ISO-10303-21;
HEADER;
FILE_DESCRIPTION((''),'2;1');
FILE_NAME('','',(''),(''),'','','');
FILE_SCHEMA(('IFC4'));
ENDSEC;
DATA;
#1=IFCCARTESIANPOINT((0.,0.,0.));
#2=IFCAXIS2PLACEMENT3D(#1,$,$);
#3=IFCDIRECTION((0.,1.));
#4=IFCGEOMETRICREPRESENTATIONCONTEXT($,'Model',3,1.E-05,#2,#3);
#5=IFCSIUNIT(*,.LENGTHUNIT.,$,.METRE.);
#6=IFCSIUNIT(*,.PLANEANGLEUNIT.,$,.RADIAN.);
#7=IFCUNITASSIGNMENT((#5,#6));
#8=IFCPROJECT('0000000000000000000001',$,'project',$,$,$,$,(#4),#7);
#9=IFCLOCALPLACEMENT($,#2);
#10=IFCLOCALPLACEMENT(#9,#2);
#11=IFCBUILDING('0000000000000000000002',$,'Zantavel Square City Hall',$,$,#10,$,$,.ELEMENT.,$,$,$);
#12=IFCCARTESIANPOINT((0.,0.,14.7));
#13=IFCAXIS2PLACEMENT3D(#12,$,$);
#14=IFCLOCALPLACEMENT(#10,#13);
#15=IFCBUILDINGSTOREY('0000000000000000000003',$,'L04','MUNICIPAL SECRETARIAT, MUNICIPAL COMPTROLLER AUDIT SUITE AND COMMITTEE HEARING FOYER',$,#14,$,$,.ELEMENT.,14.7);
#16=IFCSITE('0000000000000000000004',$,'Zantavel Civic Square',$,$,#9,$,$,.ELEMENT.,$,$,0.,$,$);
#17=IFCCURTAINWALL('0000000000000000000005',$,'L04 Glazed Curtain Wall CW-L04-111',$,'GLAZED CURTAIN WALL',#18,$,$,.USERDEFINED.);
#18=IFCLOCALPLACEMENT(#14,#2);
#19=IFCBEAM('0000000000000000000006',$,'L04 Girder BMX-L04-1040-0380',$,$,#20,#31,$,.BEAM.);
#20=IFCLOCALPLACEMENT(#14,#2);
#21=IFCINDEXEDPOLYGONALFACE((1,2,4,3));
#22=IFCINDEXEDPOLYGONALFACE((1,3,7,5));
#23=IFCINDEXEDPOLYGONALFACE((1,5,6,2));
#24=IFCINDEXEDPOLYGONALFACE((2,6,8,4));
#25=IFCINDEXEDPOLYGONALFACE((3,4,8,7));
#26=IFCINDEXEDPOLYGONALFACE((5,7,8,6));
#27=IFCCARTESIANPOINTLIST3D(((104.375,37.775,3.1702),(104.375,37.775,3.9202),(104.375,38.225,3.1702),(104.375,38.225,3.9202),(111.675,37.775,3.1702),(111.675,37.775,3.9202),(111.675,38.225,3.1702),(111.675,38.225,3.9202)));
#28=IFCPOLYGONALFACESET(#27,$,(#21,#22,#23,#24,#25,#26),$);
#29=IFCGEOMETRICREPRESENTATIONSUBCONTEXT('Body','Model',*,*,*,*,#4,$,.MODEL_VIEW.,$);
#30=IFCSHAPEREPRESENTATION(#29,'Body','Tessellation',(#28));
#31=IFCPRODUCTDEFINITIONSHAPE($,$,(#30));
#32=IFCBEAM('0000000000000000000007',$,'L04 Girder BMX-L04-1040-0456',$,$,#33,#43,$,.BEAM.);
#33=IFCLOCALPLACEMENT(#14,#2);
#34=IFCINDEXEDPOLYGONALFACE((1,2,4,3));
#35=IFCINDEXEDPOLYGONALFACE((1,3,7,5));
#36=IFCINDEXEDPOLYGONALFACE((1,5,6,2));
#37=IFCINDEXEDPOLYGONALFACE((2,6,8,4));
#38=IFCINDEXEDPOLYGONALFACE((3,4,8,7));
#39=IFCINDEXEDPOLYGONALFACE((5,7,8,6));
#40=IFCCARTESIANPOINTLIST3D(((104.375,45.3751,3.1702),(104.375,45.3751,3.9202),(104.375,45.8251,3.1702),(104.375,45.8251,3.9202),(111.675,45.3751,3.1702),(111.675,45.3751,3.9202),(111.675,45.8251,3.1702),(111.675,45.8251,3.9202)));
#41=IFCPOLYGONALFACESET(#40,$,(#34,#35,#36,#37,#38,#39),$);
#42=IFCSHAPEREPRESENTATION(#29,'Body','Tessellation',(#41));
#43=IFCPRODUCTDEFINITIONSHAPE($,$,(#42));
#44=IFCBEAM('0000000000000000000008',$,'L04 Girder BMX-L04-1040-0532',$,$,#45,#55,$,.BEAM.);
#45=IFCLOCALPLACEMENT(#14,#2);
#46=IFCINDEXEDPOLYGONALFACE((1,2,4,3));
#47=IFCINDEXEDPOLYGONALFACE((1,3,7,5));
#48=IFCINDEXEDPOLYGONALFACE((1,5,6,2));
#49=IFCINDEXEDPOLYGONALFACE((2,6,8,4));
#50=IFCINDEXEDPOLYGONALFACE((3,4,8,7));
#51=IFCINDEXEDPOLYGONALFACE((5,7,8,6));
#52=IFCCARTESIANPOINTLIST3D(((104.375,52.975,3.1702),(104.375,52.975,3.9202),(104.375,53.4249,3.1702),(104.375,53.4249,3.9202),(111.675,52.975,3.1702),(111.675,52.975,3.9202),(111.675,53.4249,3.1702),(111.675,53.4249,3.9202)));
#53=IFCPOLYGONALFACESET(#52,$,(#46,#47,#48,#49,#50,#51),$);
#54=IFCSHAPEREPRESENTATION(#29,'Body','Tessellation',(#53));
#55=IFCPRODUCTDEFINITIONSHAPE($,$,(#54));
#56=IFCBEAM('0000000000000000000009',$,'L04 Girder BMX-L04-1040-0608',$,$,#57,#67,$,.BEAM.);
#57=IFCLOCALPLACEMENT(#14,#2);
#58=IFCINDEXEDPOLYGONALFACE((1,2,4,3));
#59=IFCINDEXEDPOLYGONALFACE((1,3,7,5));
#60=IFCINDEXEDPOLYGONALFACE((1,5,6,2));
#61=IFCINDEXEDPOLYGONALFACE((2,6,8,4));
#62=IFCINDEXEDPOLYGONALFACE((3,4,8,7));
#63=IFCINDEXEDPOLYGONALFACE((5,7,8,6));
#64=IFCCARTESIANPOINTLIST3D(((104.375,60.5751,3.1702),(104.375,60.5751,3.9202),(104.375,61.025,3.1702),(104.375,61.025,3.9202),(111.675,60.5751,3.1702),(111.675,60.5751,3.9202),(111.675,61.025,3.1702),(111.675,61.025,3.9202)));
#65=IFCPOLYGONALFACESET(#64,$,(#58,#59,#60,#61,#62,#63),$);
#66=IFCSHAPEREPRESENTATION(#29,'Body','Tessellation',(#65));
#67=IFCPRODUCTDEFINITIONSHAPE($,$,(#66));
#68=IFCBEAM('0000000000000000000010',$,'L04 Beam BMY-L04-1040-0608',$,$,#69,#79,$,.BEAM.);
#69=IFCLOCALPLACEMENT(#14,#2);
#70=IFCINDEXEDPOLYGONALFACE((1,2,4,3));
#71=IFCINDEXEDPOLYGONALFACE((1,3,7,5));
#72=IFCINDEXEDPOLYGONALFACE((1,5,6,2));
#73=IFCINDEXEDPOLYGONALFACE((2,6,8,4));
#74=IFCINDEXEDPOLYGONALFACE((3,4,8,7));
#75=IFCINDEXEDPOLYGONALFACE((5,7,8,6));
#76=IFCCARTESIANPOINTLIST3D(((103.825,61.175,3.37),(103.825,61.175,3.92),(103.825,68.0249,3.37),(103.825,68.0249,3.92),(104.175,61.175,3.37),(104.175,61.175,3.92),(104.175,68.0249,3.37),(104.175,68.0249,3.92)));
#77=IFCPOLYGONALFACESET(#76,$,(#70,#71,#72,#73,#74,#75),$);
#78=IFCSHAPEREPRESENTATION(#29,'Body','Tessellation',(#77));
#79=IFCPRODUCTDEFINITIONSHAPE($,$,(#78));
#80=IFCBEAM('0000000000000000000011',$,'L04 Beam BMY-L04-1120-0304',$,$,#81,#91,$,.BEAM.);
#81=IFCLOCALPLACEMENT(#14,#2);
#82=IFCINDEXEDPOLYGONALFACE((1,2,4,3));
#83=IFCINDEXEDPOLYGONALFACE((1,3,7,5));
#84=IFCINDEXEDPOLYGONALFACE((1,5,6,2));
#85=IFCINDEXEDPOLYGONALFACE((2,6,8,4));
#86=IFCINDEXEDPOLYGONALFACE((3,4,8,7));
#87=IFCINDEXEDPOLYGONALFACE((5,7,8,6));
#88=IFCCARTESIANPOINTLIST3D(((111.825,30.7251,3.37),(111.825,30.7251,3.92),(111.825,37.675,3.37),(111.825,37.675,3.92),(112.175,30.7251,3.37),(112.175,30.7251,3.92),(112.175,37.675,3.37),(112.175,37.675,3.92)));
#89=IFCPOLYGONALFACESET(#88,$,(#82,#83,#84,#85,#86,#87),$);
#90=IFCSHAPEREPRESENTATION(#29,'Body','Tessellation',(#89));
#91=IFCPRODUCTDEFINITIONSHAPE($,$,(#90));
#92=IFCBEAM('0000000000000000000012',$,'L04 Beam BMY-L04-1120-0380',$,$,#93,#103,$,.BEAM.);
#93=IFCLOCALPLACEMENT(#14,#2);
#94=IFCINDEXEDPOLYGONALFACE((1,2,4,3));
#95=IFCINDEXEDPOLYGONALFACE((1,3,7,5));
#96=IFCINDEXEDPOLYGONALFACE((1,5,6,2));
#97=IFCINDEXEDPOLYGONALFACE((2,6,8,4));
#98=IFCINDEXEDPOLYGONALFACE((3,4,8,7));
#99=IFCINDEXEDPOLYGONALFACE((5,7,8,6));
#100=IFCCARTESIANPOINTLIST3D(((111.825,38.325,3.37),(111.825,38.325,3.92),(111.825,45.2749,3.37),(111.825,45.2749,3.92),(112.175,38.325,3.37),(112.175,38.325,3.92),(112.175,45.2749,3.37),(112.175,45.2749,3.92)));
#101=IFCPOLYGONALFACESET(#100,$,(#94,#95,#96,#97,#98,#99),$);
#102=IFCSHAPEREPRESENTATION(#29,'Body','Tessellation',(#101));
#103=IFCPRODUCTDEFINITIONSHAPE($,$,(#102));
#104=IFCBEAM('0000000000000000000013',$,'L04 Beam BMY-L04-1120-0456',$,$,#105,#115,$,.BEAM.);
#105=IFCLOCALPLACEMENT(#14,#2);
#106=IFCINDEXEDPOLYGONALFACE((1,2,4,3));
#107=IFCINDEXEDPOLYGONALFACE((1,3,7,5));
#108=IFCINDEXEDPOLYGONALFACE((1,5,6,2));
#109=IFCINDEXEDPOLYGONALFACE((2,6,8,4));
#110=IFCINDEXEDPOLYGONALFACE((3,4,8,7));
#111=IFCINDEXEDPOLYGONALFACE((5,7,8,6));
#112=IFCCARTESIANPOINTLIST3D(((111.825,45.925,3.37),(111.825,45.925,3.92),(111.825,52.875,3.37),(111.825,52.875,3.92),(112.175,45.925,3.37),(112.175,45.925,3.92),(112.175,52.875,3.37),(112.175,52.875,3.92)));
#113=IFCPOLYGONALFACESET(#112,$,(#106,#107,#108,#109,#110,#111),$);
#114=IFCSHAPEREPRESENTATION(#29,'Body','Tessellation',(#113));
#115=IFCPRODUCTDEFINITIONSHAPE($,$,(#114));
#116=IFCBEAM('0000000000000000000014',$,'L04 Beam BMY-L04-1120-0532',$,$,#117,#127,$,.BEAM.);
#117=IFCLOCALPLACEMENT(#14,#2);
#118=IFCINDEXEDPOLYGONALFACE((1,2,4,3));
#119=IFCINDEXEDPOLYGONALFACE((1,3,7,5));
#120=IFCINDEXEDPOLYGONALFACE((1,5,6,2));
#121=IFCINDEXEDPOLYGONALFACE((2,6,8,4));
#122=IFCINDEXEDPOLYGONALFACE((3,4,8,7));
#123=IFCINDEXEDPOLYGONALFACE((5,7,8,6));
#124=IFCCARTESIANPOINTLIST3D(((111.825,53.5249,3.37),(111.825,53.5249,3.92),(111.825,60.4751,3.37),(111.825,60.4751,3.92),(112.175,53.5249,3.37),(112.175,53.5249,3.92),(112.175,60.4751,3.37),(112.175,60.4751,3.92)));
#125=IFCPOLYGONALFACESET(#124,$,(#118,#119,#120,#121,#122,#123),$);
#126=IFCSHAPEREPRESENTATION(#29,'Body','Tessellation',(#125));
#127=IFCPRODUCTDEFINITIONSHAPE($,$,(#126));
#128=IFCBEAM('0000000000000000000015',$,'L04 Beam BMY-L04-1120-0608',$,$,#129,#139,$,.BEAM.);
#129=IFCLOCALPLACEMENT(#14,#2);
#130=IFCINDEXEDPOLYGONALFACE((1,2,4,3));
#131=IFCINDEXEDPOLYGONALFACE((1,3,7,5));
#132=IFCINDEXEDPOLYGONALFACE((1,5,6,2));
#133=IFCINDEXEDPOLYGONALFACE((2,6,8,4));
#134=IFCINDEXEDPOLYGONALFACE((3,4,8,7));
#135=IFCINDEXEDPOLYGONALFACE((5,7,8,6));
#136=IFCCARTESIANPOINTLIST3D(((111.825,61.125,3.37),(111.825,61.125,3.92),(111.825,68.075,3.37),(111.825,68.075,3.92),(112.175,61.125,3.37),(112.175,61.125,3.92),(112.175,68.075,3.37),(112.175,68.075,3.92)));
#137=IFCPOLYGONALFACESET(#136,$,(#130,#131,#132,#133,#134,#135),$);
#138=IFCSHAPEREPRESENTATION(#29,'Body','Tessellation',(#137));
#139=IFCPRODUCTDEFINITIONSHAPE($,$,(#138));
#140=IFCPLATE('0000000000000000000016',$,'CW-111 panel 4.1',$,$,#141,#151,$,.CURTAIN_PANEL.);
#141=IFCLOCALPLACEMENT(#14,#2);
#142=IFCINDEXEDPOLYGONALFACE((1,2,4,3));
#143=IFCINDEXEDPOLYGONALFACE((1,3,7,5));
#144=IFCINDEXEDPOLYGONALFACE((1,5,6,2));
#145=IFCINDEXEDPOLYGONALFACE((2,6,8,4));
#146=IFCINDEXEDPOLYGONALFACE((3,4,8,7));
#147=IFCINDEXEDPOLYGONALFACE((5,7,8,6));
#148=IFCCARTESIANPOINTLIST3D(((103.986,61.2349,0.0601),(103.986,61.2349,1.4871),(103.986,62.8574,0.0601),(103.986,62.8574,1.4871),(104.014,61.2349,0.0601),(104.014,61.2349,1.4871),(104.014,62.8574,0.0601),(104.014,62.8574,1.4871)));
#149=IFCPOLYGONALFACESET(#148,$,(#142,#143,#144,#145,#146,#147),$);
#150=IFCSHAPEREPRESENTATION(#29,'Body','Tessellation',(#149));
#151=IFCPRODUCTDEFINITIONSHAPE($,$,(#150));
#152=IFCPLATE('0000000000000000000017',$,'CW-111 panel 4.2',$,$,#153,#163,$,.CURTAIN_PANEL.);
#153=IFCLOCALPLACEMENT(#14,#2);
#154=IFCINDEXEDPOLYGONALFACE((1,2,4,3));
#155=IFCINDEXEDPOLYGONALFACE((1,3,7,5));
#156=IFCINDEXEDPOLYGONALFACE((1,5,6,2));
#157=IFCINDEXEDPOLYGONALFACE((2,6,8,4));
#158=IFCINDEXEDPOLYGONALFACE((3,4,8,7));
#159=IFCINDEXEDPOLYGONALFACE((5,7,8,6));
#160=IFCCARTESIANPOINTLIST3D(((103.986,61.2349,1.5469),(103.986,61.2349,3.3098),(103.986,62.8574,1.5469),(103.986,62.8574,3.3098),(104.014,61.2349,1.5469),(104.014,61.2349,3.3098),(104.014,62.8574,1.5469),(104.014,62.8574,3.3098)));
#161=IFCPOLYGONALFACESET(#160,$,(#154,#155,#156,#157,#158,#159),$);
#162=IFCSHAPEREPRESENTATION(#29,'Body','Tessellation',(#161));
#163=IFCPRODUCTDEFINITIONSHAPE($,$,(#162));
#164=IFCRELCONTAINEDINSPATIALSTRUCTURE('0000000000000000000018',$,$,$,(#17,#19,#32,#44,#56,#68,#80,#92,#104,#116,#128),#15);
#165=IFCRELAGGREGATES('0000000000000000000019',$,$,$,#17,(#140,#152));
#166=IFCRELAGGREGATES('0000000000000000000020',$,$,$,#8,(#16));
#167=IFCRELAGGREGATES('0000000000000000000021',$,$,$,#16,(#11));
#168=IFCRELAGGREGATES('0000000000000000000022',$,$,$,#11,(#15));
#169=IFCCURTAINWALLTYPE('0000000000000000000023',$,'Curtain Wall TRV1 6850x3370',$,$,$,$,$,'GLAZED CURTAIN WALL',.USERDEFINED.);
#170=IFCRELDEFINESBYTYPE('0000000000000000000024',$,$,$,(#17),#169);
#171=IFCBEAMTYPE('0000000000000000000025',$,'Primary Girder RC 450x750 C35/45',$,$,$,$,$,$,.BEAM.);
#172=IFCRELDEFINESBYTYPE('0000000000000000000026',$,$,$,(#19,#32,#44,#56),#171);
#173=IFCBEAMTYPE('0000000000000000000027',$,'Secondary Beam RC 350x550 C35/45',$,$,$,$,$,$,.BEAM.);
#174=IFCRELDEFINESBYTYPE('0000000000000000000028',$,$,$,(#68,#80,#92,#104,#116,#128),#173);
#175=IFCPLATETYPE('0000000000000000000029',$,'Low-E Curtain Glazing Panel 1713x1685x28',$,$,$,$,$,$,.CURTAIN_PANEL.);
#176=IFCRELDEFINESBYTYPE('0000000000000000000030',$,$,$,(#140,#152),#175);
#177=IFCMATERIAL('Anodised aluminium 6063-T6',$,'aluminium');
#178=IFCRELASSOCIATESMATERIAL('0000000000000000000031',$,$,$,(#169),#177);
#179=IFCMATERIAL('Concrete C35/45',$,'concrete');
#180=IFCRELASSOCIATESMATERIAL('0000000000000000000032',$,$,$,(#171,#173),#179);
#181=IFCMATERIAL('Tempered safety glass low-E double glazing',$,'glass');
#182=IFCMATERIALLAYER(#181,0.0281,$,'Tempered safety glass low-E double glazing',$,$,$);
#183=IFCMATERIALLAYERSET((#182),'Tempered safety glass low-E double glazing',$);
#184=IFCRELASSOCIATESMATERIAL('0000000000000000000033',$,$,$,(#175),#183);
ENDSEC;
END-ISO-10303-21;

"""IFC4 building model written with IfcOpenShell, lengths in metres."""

from ifc_helpers import new_model, si_unit, direction, frame, origin, origin_2d, place, context, subcontext, project, spatial, rectangle, extrude, material, layer, layer_set, material_profile, profile_set, type_object, element, aggregate, save


model = new_model("IFC4")

# Units and contexts
model_context = context("Model", 3, precision=1e-05, world=origin(), true_north=direction((0.0, 1.0)))
body_context = subcontext(model_context, "Body", "Model", "MODEL_VIEW")
ifc_project = project(units=[si_unit("LENGTHUNIT", "METRE"), si_unit("PLANEANGLEUNIT", "RADIAN")], contexts=[model_context])

# Site, building, storey
site_placement = place(None, origin())
site = spatial("IfcSite", under=ifc_project, at=site_placement, Name="Zantavel Civic Square", CompositionType="ELEMENT", RefElevation=0.0)
building_placement = place(site_placement, origin())
building = spatial("IfcBuilding", under=site, at=building_placement, Name="Zantavel Square City Hall", CompositionType="ELEMENT")
storey_placement = place(building_placement, frame((0.0, 0.0, 14.7)))
storey = spatial("IfcBuildingStorey", under=building, at=storey_placement, Name="L04", Description="MUNICIPAL SECRETARIAT, MUNICIPAL COMPTROLLER AUDIT SUITE AND COMMITTEE HEARING FOYER", CompositionType="ELEMENT", Elevation=14.7)

# Curtain wall
ifc_material_1 = material(Name="Anodised aluminium 6063-T6", Category="aluminium")
curtain_wall_type = type_object("IfcCurtainWallType", Name="Curtain Wall TRV1 6850x3370", ElementType="GLAZED CURTAIN WALL", PredefinedType="USERDEFINED", material=ifc_material_1)
curtain_wall_placement = place(storey_placement, origin())
curtain_wall = element("IfcCurtainWall", 1, at=curtain_wall_placement, inside=storey, type_object=curtain_wall_type, Name="L04 Glazed Curtain Wall CW-L04-111", ObjectType="GLAZED CURTAIN WALL", PredefinedType="USERDEFINED")

# Beams
ifc_material_2 = material(Name="Concrete C35/45", Category="concrete")
ifc_material_profile_1 = material_profile(ifc_material_2, rectangle(XDim=0.45, YDim=0.75, at=origin_2d()), Name="RC 450x750")
ifc_profile_set_1 = profile_set([ifc_material_profile_1], Name="Concrete C35/45")
beam_type_1 = type_object("IfcBeamType", Name="Primary Girder RC 450x750 C35/45", PredefinedType="BEAM", material=ifc_profile_set_1)
for number, where, z_axis, x_axis, name in (
    (2, (104.375, 38.0, 3.5452), (1.0, 0.0, 0.0), (0.0, 1.0, 0.0), "L04 Girder BMX-L04-1040-0380"),
    (3, (104.375, 45.6001, 3.5452), (1.0, 0.0, 0.0), (0.0, 1.0, 0.0), "L04 Girder BMX-L04-1040-0456"),
    (4, (104.375, 53.2, 3.5452), (1.0, 0.0, 0.0), (0.0, 1.0, 0.0), "L04 Girder BMX-L04-1040-0532"),
    (5, (104.375, 60.8, 3.5452), (1.0, 0.0, 0.0), (0.0, 1.0, 0.0), "L04 Girder BMX-L04-1040-0608"),
):
    element("IfcBeam", number, at=place(storey_placement, frame(where, z_axis=z_axis, x_axis=x_axis)), inside=storey, type_object=beam_type_1, Name=name, PredefinedType="BEAM", context=body_context, shape_type="SweptSolid", body=[
        extrude(rectangle(XDim=0.45, YDim=0.75, at=origin_2d()), origin(), (0.0, 0.0, 1.0), 7.3),
    ])
ifc_material_profile_2 = material_profile(ifc_material_2, rectangle(XDim=0.3501, YDim=0.55, at=origin_2d()), Name="RC 350x550")
ifc_profile_set_2 = profile_set([ifc_material_profile_2], Name="Concrete C35/45")
beam_type_2 = type_object("IfcBeamType", Name="Secondary Beam RC 350x550 C35/45", PredefinedType="BEAM", material=ifc_profile_set_2)
beam_1_placement = place(storey_placement, frame((104.0, 61.175, 3.645), z_axis=(0.0, 1.0, 0.0), x_axis=(-1.0, 0.0, 0.0)))
element("IfcBeam", 6, at=beam_1_placement, inside=storey, type_object=beam_type_2, Name="L04 Beam BMY-L04-1040-0608", PredefinedType="BEAM", context=body_context, shape_type="SweptSolid", body=[
    extrude(rectangle(XDim=0.3501, YDim=0.55, at=origin_2d()), origin(), (0.0, 0.0, 1.0), 6.8499),
])
for number, where, z_axis, x_axis, name in (
    (7, (112.0, 30.7251, 3.645), (0.0, 1.0, 0.0), (-1.0, 0.0, 0.0), "L04 Beam BMY-L04-1120-0304"),
    (8, (112.0, 38.325, 3.645), (0.0, 1.0, 0.0), (-1.0, 0.0, 0.0), "L04 Beam BMY-L04-1120-0380"),
    (9, (112.0, 45.925, 3.645), (0.0, 1.0, 0.0), (-1.0, 0.0, 0.0), "L04 Beam BMY-L04-1120-0456"),
):
    element("IfcBeam", number, at=place(storey_placement, frame(where, z_axis=z_axis, x_axis=x_axis)), inside=storey, type_object=beam_type_2, Name=name, PredefinedType="BEAM", context=body_context, shape_type="SweptSolid", body=[
        extrude(rectangle(XDim=0.3501, YDim=0.55, at=origin_2d()), origin(), (0.0, 0.0, 1.0), 6.95),
    ])
beam_2_placement = place(storey_placement, frame((112.0, 53.5249, 3.645), z_axis=(0.0, 1.0, 0.0), x_axis=(-1.0, 0.0, 0.0)))
element("IfcBeam", 10, at=beam_2_placement, inside=storey, type_object=beam_type_2, Name="L04 Beam BMY-L04-1120-0532", PredefinedType="BEAM", context=body_context, shape_type="SweptSolid", body=[
    extrude(rectangle(XDim=0.3501, YDim=0.55, at=origin_2d()), origin(), (0.0, 0.0, 1.0), 6.9502),
])
beam_3_placement = place(storey_placement, frame((112.0, 61.125, 3.645), z_axis=(0.0, 1.0, 0.0), x_axis=(-1.0, 0.0, 0.0)))
element("IfcBeam", 11, at=beam_3_placement, inside=storey, type_object=beam_type_2, Name="L04 Beam BMY-L04-1120-0608", PredefinedType="BEAM", context=body_context, shape_type="SweptSolid", body=[
    extrude(rectangle(XDim=0.3501, YDim=0.55, at=origin_2d()), origin(), (0.0, 0.0, 1.0), 6.95),
])

# Plates
ifc_material_3 = material(Name="Tempered safety glass low-E double glazing", Category="glass")
ifc_layer = layer(ifc_material_3, 0.0281, Name="Tempered safety glass low-E double glazing")
ifc_layer_set = layer_set([ifc_layer], Name="Tempered safety glass low-E double glazing")
plate_type = type_object("IfcPlateType", Name="Low-E Curtain Glazing Panel 1713x1685x28", PredefinedType="CURTAIN_PANEL", material=ifc_layer_set)
plate_1_placement = place(storey_placement, frame((104.0, 62.0461, 0.0601), z_axis=(0.0, 0.0, 1.0), x_axis=(0.0, -1.0, 0.0)))
plate_1 = element("IfcPlate", 12, at=plate_1_placement, type_object=plate_type, Name="CW-111 panel 4.1", PredefinedType="CURTAIN_PANEL", context=body_context, shape_type="SweptSolid", body=[
    extrude(rectangle(XDim=1.6226, YDim=0.0281, at=origin_2d()), origin(), (0.0, 0.0, 1.0), 1.427),
])
plate_2_placement = place(storey_placement, frame((104.0, 62.0461, 1.5469), z_axis=(0.0, 0.0, 1.0), x_axis=(0.0, -1.0, 0.0)))
plate_2 = element("IfcPlate", 13, at=plate_2_placement, type_object=plate_type, Name="CW-111 panel 4.2", PredefinedType="CURTAIN_PANEL", context=body_context, shape_type="SweptSolid", body=[
    extrude(rectangle(XDim=1.6226, YDim=0.0281, at=origin_2d()), origin(), (0.0, 0.0, 1.0), 1.7629),
])
aggregate(curtain_wall, [plate_1, plate_2])

save(model, "model.ifc")
